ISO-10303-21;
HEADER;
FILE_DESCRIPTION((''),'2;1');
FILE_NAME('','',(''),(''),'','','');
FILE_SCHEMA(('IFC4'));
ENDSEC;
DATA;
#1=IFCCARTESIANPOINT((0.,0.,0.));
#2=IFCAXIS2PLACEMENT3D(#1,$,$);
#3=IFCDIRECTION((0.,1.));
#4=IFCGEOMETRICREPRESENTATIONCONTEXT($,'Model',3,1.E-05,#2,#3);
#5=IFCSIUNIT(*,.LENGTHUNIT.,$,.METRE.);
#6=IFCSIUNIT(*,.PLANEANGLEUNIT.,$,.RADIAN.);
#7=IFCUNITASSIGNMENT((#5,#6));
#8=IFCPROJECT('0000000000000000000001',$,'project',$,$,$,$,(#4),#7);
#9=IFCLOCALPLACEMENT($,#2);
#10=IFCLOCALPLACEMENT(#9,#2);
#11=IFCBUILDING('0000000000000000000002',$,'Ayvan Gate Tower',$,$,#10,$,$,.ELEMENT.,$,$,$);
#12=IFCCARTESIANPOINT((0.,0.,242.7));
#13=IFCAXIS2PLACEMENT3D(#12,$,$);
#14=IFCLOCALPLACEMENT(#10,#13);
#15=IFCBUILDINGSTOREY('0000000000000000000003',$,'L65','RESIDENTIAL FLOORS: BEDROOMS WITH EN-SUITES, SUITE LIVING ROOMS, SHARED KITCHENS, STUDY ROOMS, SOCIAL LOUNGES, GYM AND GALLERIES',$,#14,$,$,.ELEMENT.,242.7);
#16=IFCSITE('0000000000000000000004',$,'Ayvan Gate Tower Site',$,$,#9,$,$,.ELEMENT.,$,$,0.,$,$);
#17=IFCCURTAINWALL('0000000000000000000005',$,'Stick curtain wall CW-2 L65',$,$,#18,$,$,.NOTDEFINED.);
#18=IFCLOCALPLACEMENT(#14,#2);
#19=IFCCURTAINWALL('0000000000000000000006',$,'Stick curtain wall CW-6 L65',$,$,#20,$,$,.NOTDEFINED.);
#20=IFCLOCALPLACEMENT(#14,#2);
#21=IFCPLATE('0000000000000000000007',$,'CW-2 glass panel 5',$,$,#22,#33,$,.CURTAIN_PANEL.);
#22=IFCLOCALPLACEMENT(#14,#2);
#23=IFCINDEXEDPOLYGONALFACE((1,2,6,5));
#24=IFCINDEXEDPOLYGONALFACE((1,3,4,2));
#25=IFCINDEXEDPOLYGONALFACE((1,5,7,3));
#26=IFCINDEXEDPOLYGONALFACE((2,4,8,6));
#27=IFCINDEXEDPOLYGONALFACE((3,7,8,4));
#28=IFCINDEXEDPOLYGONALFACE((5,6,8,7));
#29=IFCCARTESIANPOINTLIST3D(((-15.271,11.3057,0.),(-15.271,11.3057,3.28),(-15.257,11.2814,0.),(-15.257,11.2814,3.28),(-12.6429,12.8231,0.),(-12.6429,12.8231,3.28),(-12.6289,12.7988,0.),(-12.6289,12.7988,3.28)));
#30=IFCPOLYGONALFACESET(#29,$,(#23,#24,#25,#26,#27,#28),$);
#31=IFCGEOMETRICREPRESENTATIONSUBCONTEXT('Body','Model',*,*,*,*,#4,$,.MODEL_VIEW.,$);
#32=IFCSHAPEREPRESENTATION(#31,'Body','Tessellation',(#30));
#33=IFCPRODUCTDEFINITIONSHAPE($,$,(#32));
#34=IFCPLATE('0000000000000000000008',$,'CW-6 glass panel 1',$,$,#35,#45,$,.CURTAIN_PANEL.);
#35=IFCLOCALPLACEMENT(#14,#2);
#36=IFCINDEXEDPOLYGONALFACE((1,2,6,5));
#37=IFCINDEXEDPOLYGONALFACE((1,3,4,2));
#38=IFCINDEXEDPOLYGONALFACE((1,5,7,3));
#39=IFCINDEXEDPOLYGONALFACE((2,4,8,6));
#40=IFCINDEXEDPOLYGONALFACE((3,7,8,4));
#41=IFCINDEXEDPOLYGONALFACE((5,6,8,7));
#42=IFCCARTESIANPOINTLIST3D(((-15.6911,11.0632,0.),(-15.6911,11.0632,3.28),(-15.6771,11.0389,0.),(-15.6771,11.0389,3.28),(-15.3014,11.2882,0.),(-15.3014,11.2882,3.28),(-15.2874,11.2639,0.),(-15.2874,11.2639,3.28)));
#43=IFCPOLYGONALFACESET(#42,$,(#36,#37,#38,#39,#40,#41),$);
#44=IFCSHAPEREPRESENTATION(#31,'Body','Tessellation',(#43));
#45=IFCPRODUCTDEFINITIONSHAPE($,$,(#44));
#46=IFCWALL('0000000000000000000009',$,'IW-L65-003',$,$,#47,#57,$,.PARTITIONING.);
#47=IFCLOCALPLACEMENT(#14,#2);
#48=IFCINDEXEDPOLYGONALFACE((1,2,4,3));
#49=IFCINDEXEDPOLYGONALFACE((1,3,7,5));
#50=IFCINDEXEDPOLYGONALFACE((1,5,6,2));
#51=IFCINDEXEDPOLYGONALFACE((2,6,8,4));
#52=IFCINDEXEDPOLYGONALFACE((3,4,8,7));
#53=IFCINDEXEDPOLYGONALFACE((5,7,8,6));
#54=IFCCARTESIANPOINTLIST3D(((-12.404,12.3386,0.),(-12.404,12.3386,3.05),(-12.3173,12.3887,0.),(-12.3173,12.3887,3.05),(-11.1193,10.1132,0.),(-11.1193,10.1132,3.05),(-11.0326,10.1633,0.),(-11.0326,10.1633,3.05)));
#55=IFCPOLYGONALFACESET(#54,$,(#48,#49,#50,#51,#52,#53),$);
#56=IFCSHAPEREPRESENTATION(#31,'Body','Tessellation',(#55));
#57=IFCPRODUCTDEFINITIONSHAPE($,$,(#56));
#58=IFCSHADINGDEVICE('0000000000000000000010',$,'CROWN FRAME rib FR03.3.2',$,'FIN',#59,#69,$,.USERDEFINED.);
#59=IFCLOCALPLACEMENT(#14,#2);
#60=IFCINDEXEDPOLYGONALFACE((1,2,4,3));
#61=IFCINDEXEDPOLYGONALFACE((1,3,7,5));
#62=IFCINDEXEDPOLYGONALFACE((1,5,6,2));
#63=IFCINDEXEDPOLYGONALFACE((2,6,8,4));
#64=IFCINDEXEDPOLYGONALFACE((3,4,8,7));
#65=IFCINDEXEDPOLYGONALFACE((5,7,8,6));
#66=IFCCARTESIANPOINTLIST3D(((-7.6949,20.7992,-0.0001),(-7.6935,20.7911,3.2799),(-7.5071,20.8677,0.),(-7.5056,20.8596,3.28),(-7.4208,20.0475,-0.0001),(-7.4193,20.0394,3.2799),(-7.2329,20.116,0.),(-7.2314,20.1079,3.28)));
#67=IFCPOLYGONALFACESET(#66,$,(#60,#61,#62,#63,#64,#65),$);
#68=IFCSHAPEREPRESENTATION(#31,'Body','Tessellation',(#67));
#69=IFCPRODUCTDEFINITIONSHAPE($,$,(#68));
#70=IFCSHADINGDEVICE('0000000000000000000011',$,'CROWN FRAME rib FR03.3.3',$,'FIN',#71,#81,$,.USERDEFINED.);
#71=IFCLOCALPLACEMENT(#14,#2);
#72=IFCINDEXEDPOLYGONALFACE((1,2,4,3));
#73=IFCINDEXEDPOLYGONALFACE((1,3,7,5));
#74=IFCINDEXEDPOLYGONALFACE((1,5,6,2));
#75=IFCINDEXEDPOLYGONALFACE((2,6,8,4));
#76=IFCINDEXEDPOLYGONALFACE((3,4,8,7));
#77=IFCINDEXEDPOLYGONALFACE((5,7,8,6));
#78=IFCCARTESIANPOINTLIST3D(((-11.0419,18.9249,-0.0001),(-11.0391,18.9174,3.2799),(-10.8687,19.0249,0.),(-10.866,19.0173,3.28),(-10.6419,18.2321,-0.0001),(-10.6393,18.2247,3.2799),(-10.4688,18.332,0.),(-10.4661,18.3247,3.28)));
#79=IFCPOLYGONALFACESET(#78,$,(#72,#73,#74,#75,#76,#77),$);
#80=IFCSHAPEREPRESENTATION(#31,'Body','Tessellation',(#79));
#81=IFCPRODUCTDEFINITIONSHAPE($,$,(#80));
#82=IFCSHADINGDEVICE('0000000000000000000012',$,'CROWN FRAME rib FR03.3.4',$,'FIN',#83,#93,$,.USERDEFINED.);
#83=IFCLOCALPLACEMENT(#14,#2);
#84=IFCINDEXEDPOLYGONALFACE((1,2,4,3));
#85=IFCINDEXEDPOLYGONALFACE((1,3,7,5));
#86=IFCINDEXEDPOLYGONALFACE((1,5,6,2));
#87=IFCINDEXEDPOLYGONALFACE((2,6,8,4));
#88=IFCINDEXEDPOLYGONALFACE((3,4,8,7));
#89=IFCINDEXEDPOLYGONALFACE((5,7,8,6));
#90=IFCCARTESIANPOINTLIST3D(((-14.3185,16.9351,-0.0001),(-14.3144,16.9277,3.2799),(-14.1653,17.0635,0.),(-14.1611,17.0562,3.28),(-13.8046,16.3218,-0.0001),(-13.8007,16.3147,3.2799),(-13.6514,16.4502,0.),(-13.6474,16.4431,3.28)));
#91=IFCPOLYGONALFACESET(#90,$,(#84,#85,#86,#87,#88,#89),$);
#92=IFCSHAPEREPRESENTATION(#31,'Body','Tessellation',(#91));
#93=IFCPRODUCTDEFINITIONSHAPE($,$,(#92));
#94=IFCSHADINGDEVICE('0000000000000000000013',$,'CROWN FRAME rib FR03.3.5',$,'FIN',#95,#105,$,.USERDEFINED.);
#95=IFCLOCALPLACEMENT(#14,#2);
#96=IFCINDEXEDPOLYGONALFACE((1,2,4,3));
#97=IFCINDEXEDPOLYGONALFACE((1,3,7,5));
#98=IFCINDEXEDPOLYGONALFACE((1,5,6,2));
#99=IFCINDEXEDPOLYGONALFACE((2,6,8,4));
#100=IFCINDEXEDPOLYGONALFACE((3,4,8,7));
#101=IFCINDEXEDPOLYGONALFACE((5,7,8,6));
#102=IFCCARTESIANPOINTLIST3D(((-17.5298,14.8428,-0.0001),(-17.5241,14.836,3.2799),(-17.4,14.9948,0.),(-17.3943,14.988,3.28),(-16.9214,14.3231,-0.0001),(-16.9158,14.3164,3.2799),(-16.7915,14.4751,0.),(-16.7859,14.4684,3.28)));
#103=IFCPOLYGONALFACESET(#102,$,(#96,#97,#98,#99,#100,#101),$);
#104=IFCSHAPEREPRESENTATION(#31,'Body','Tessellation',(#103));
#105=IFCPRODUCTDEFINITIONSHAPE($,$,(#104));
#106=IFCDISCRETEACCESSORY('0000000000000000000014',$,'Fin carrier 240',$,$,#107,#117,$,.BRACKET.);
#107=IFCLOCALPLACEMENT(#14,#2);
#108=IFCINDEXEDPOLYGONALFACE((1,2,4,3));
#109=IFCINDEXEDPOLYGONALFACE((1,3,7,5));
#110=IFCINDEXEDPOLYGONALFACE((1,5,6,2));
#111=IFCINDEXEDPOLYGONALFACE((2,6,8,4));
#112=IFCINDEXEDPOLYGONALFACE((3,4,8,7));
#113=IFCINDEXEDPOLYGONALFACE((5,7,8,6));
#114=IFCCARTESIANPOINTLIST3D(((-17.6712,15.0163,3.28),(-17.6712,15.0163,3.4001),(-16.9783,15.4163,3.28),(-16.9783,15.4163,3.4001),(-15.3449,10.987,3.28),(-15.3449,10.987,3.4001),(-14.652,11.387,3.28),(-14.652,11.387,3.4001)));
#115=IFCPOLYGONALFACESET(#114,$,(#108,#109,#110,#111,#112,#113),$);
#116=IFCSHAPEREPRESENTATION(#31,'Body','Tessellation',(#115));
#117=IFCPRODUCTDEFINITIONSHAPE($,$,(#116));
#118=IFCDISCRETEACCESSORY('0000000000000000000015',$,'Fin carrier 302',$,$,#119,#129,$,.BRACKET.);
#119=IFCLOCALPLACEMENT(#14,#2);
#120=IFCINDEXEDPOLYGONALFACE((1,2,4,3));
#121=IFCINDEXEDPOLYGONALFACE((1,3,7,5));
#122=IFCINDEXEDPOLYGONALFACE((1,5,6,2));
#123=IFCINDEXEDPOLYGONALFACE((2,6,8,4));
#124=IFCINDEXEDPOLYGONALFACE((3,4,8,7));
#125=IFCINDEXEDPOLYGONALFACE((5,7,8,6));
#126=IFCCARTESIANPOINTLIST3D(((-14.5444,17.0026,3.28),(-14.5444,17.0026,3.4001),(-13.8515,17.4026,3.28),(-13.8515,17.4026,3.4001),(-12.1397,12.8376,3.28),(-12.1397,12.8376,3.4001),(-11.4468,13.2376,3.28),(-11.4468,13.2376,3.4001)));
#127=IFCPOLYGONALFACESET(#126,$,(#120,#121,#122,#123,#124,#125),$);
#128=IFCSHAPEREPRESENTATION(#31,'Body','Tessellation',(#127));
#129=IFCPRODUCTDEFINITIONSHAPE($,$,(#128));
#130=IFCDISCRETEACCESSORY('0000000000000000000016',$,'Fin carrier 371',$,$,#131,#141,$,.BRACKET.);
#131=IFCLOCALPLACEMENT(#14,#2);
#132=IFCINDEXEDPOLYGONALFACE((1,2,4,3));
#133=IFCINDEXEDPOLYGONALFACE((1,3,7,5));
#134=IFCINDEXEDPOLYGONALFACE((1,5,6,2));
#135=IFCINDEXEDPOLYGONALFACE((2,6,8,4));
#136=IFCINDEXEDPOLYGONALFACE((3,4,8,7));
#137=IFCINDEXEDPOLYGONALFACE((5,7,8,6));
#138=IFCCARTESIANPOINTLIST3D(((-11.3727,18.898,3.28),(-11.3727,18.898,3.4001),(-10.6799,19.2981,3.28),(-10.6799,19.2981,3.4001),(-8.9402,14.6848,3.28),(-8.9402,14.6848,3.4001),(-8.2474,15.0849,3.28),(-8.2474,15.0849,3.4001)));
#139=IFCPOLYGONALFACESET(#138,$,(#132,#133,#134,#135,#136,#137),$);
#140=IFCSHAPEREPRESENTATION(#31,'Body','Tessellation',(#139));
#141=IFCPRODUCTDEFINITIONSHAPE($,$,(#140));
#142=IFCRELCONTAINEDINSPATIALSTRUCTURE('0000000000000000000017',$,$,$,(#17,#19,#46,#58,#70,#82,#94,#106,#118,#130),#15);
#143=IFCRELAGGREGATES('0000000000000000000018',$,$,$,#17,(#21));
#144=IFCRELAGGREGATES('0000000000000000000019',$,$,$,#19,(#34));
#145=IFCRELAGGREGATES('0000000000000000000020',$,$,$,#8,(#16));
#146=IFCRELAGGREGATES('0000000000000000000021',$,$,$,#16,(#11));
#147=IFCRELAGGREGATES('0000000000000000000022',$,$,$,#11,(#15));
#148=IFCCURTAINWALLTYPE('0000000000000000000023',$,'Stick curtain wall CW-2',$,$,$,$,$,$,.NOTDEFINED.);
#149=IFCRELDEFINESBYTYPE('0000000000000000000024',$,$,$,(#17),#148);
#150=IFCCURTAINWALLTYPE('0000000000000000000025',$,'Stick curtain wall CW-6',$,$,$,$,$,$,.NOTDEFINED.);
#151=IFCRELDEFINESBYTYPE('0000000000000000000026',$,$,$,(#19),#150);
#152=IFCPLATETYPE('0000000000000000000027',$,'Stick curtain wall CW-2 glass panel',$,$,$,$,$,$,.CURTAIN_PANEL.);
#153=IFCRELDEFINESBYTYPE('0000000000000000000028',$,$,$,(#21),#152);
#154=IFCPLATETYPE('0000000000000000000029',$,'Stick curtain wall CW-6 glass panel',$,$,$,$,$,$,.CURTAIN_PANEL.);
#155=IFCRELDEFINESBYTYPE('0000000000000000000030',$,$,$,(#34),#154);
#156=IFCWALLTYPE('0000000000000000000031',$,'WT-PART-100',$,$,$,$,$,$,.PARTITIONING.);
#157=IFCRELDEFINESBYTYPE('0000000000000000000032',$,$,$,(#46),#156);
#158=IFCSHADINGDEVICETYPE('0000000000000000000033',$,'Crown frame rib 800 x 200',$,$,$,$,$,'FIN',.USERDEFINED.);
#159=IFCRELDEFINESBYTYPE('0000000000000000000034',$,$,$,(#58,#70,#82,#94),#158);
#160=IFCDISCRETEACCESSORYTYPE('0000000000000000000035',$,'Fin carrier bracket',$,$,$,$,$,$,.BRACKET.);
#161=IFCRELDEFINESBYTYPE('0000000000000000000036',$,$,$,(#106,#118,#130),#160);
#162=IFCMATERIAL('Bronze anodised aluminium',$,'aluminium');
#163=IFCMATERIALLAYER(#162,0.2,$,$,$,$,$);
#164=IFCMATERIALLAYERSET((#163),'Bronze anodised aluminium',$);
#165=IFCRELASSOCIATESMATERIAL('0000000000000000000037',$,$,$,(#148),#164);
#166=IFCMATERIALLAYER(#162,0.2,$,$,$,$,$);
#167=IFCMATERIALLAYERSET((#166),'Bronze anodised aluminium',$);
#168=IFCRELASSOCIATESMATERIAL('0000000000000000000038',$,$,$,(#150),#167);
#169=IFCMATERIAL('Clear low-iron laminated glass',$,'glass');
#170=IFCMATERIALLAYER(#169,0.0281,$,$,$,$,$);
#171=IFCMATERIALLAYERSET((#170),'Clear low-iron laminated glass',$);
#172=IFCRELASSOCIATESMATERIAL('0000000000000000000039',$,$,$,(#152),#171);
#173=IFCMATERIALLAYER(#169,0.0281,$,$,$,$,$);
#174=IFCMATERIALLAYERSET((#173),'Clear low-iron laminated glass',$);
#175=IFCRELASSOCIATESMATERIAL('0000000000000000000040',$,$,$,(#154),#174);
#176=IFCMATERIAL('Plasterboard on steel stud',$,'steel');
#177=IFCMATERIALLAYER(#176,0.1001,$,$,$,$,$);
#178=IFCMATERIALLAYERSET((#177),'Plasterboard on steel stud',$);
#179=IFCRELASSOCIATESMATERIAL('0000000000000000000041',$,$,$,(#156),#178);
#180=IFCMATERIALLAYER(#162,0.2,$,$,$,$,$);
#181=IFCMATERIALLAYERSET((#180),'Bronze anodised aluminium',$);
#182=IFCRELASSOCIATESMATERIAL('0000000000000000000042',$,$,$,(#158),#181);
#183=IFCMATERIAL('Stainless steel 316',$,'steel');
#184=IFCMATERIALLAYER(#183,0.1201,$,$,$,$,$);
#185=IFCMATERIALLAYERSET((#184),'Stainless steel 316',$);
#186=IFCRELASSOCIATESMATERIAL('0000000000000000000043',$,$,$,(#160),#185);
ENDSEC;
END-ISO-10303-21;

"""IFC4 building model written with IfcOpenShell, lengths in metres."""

from ifc_helpers import new_model, si_unit, direction, frame, frame_2d, origin, origin_2d, place, context, subcontext, project, spatial, polyline, rectangle, outline, extrude, material, layer, layer_set, type_object, element, aggregate, save


model = new_model("IFC4")

# Units and contexts
model_context = context("Model", 3, precision=1e-05, world=origin(), true_north=direction((0.0, 1.0)))
body_context = subcontext(model_context, "Body", "Model", "MODEL_VIEW")
ifc_project = project(units=[si_unit("LENGTHUNIT", "METRE"), si_unit("PLANEANGLEUNIT", "RADIAN")], contexts=[model_context])

# Site, building, storey
site_placement = place(None, origin())
site = spatial("IfcSite", under=ifc_project, at=site_placement, Name="Ayvan Gate Tower Site", CompositionType="ELEMENT", RefElevation=0.0)
building_placement = place(site_placement, origin())
building = spatial("IfcBuilding", under=site, at=building_placement, Name="Ayvan Gate Tower", CompositionType="ELEMENT")
storey_placement = place(building_placement, frame((0.0, 0.0, 242.7)))
storey = spatial("IfcBuildingStorey", under=building, at=storey_placement, Name="L65", Description="RESIDENTIAL FLOORS: BEDROOMS WITH EN-SUITES, SUITE LIVING ROOMS, SHARED KITCHENS, STUDY ROOMS, SOCIAL LOUNGES, GYM AND GALLERIES", CompositionType="ELEMENT", Elevation=242.7)

# Curtain walls
ifc_material_1 = material(Name="Bronze anodised aluminium", Category="aluminium")
ifc_layer_1 = layer(ifc_material_1, 0.2)
ifc_layer_set_1 = layer_set([ifc_layer_1], Name="Bronze anodised aluminium")
curtain_wall_type_1 = type_object("IfcCurtainWallType", Name="Stick curtain wall CW-2", PredefinedType="NOTDEFINED", material=ifc_layer_set_1)
curtain_wall_1_placement = place(storey_placement, origin())
curtain_wall_1 = element("IfcCurtainWall", 1, at=curtain_wall_1_placement, inside=storey, type_object=curtain_wall_type_1, Name="Stick curtain wall CW-2 L65", PredefinedType="NOTDEFINED")
ifc_layer_2 = layer(ifc_material_1, 0.2)
ifc_layer_set_2 = layer_set([ifc_layer_2], Name="Bronze anodised aluminium")
curtain_wall_type_2 = type_object("IfcCurtainWallType", Name="Stick curtain wall CW-6", PredefinedType="NOTDEFINED", material=ifc_layer_set_2)
curtain_wall_2_placement = place(storey_placement, origin())
curtain_wall_2 = element("IfcCurtainWall", 2, at=curtain_wall_2_placement, inside=storey, type_object=curtain_wall_type_2, Name="Stick curtain wall CW-6 L65", PredefinedType="NOTDEFINED")

# Plates
ifc_material_2 = material(Name="Clear low-iron laminated glass", Category="glass")
ifc_layer_3 = layer(ifc_material_2, 0.0281)
ifc_layer_set_3 = layer_set([ifc_layer_3], Name="Clear low-iron laminated glass")
plate_type_1 = type_object("IfcPlateType", Name="Stick curtain wall CW-2 glass panel", PredefinedType="CURTAIN_PANEL", material=ifc_layer_set_3)
plate_1_placement = place(storey_placement, frame((-13.95, 12.0522, 0.0), z_axis=(0.0, 0.0, 1.0), x_axis=(-0.866025, -0.5, 0.0)))
plate_1 = element("IfcPlate", 3, at=plate_1_placement, type_object=plate_type_1, Name="CW-2 glass panel 5", PredefinedType="CURTAIN_PANEL", context=body_context, shape_type="SweptSolid", body=[
    extrude(rectangle(XDim=3.0347, YDim=0.0281, at=origin_2d()), origin(), (0.0, 0.0, 1.0), 3.28),
])
aggregate(curtain_wall_1, [plate_1])
ifc_layer_4 = layer(ifc_material_2, 0.0281)
ifc_layer_set_4 = layer_set([ifc_layer_4], Name="Clear low-iron laminated glass")
plate_type_2 = type_object("IfcPlateType", Name="Stick curtain wall CW-6 glass panel", PredefinedType="CURTAIN_PANEL", material=ifc_layer_set_4)
plate_2_placement = place(storey_placement, frame((-15.4893, 11.1636, 0.0), z_axis=(0.0, 0.0, 1.0), x_axis=(-0.866025, -0.5, 0.0)))
plate_2 = element("IfcPlate", 4, at=plate_2_placement, type_object=plate_type_2, Name="CW-6 glass panel 1", PredefinedType="CURTAIN_PANEL", context=body_context, shape_type="SweptSolid", body=[
    extrude(rectangle(XDim=0.45, YDim=0.0281, at=origin_2d()), origin(), (0.0, 0.0, 1.0), 3.28),
])
aggregate(curtain_wall_2, [plate_2])

# Wall
ifc_material_3 = material(Name="Plasterboard on steel stud", Category="steel")
ifc_layer_5 = layer(ifc_material_3, 0.1001)
ifc_layer_set_5 = layer_set([ifc_layer_5], Name="Plasterboard on steel stud")
wall_type = type_object("IfcWallType", Name="WT-PART-100", PredefinedType="PARTITIONING", material=ifc_layer_set_5)
wall_placement = place(storey_placement, frame((-12.3606, 12.3635, 0.0), z_axis=(0.0, 0.0, 1.0), x_axis=(0.499961, -0.866048, 0.0)))
element("IfcWall", 5, at=wall_placement, inside=storey, type_object=wall_type, Name="IW-L65-003", PredefinedType="PARTITIONING", context=body_context, shape_type="SweptSolid", body=[
    extrude(rectangle(XDim=2.5696, YDim=0.1001, at=frame_2d((1.2847, 0.0))), origin(), (0.0, 0.0, 1.0), 3.05),
])

# Shading devices
ifc_layer_6 = layer(ifc_material_1, 0.2)
ifc_layer_set_6 = layer_set([ifc_layer_6], Name="Bronze anodised aluminium")
shading_device_type = type_object("IfcShadingDeviceType", Name="Crown frame rib 800 x 200", ElementType="FIN", PredefinedType="USERDEFINED", material=ifc_layer_set_6)
shading_device_1_placement = place(storey_placement, frame((-7.2329, 20.116, 0.0), z_axis=(0.939463, 0.342649, 0.000422), x_axis=(-0.342649, 0.939463, 0.0)))
element("IfcShadingDevice", 6, at=shading_device_1_placement, inside=storey, type_object=shading_device_type, Name="CROWN FRAME rib FR03.3.2", ObjectType="FIN", PredefinedType="USERDEFINED", context=body_context, shape_type="SweptSolid", body=[
    extrude(outline(polyline([(0.0, 0.0), (0.8001, 0.0), (0.7921, 3.28), (-0.0081, 3.28), (0.0, 0.0)])), origin(), (0.0, 0.0, -1.0), 0.2),
])
shading_device_2_placement = place(storey_placement, frame((-10.4688, 18.332, 0.0), z_axis=(0.866056, 0.499947, 0.000426), x_axis=(-0.499947, 0.866056, 0.0)))
element("IfcShadingDevice", 7, at=shading_device_2_placement, inside=storey, type_object=shading_device_type, Name="CROWN FRAME rib FR03.3.3", ObjectType="FIN", PredefinedType="USERDEFINED", context=body_context, shape_type="SweptSolid", body=[
    extrude(outline(polyline([(0.0, 0.0), (0.8, 0.0), (0.7921, 3.28), (-0.0077, 3.28), (0.0, 0.0)])), origin(), (0.0, 0.0, -1.0), 0.2),
])
shading_device_3_placement = place(storey_placement, frame((-13.6514, 16.4502, 0.0), z_axis=(0.76648, 0.642268, 0.000469), x_axis=(-0.642268, 0.76648, 0.0)))
element("IfcShadingDevice", 8, at=shading_device_3_placement, inside=storey, type_object=shading_device_type, Name="CROWN FRAME rib FR03.3.4", ObjectType="FIN", PredefinedType="USERDEFINED", context=body_context, shape_type="SweptSolid", body=[
    extrude(outline(polyline([(0.0, 0.0), (0.8001, 0.0), (0.7919, 3.28), (-0.0079, 3.28), (0.0, 0.0)])), origin(), (0.0, 0.0, -1.0), 0.2),
])
shading_device_4_placement = place(storey_placement, frame((-16.7915, 14.4751, 0.0), z_axis=(0.649471, 0.760386, 0.000445), x_axis=(-0.760386, 0.649471, 0.0)))
element("IfcShadingDevice", 9, at=shading_device_4_placement, inside=storey, type_object=shading_device_type, Name="CROWN FRAME rib FR03.3.5", ObjectType="FIN", PredefinedType="USERDEFINED", context=body_context, shape_type="SweptSolid", body=[
    extrude(outline(polyline([(0.0, 0.0), (0.8002, 0.0), (0.7915, 3.28), (-0.0086, 3.28), (0.0, 0.0)])), origin(), (0.0, 0.0, -1.0), 0.2),
])

# Discrete accessories
ifc_material_4 = material(Name="Stainless steel 316", Category="steel")
ifc_layer_7 = layer(ifc_material_4, 0.1201)
ifc_layer_set_7 = layer_set([ifc_layer_7], Name="Stainless steel 316")
discrete_accessory_type = type_object("IfcDiscreteAccessoryType", Name="Fin carrier bracket", PredefinedType="BRACKET", material=ifc_layer_set_7)
discrete_accessory_1_placement = place(storey_placement, frame((-16.1616, 13.2017, 3.28), z_axis=(0.0, 0.0, 1.0), x_axis=(-0.866025, -0.5, 0.0)))
element("IfcDiscreteAccessory", 10, at=discrete_accessory_1_placement, inside=storey, type_object=discrete_accessory_type, Name="Fin carrier 240", PredefinedType="BRACKET", context=body_context, shape_type="SweptSolid", body=[
    extrude(rectangle(XDim=0.8, YDim=4.6526, at=origin_2d()), origin(), (0.0, 0.0, 1.0), 0.1201),
])
discrete_accessory_2_placement = place(storey_placement, frame((-12.9956, 15.1201, 3.28), z_axis=(0.0, 0.0, 1.0), x_axis=(-0.866025, -0.5, 0.0)))
element("IfcDiscreteAccessory", 11, at=discrete_accessory_2_placement, inside=storey, type_object=discrete_accessory_type, Name="Fin carrier 302", PredefinedType="BRACKET", context=body_context, shape_type="SweptSolid", body=[
    extrude(rectangle(XDim=0.8, YDim=4.8093, at=origin_2d()), origin(), (0.0, 0.0, 1.0), 0.1201),
])
discrete_accessory_3_placement = place(storey_placement, frame((-9.8101, 16.9915, 3.28), z_axis=(0.0, 0.0, 1.0), x_axis=(-0.866025, -0.5, 0.0)))
element("IfcDiscreteAccessory", 12, at=discrete_accessory_3_placement, inside=storey, type_object=discrete_accessory_type, Name="Fin carrier 371", PredefinedType="BRACKET", context=body_context, shape_type="SweptSolid", body=[
    extrude(rectangle(XDim=0.8, YDim=4.865, at=origin_2d()), origin(), (0.0, 0.0, 1.0), 0.1201),
])

save(model, "model.ifc")
